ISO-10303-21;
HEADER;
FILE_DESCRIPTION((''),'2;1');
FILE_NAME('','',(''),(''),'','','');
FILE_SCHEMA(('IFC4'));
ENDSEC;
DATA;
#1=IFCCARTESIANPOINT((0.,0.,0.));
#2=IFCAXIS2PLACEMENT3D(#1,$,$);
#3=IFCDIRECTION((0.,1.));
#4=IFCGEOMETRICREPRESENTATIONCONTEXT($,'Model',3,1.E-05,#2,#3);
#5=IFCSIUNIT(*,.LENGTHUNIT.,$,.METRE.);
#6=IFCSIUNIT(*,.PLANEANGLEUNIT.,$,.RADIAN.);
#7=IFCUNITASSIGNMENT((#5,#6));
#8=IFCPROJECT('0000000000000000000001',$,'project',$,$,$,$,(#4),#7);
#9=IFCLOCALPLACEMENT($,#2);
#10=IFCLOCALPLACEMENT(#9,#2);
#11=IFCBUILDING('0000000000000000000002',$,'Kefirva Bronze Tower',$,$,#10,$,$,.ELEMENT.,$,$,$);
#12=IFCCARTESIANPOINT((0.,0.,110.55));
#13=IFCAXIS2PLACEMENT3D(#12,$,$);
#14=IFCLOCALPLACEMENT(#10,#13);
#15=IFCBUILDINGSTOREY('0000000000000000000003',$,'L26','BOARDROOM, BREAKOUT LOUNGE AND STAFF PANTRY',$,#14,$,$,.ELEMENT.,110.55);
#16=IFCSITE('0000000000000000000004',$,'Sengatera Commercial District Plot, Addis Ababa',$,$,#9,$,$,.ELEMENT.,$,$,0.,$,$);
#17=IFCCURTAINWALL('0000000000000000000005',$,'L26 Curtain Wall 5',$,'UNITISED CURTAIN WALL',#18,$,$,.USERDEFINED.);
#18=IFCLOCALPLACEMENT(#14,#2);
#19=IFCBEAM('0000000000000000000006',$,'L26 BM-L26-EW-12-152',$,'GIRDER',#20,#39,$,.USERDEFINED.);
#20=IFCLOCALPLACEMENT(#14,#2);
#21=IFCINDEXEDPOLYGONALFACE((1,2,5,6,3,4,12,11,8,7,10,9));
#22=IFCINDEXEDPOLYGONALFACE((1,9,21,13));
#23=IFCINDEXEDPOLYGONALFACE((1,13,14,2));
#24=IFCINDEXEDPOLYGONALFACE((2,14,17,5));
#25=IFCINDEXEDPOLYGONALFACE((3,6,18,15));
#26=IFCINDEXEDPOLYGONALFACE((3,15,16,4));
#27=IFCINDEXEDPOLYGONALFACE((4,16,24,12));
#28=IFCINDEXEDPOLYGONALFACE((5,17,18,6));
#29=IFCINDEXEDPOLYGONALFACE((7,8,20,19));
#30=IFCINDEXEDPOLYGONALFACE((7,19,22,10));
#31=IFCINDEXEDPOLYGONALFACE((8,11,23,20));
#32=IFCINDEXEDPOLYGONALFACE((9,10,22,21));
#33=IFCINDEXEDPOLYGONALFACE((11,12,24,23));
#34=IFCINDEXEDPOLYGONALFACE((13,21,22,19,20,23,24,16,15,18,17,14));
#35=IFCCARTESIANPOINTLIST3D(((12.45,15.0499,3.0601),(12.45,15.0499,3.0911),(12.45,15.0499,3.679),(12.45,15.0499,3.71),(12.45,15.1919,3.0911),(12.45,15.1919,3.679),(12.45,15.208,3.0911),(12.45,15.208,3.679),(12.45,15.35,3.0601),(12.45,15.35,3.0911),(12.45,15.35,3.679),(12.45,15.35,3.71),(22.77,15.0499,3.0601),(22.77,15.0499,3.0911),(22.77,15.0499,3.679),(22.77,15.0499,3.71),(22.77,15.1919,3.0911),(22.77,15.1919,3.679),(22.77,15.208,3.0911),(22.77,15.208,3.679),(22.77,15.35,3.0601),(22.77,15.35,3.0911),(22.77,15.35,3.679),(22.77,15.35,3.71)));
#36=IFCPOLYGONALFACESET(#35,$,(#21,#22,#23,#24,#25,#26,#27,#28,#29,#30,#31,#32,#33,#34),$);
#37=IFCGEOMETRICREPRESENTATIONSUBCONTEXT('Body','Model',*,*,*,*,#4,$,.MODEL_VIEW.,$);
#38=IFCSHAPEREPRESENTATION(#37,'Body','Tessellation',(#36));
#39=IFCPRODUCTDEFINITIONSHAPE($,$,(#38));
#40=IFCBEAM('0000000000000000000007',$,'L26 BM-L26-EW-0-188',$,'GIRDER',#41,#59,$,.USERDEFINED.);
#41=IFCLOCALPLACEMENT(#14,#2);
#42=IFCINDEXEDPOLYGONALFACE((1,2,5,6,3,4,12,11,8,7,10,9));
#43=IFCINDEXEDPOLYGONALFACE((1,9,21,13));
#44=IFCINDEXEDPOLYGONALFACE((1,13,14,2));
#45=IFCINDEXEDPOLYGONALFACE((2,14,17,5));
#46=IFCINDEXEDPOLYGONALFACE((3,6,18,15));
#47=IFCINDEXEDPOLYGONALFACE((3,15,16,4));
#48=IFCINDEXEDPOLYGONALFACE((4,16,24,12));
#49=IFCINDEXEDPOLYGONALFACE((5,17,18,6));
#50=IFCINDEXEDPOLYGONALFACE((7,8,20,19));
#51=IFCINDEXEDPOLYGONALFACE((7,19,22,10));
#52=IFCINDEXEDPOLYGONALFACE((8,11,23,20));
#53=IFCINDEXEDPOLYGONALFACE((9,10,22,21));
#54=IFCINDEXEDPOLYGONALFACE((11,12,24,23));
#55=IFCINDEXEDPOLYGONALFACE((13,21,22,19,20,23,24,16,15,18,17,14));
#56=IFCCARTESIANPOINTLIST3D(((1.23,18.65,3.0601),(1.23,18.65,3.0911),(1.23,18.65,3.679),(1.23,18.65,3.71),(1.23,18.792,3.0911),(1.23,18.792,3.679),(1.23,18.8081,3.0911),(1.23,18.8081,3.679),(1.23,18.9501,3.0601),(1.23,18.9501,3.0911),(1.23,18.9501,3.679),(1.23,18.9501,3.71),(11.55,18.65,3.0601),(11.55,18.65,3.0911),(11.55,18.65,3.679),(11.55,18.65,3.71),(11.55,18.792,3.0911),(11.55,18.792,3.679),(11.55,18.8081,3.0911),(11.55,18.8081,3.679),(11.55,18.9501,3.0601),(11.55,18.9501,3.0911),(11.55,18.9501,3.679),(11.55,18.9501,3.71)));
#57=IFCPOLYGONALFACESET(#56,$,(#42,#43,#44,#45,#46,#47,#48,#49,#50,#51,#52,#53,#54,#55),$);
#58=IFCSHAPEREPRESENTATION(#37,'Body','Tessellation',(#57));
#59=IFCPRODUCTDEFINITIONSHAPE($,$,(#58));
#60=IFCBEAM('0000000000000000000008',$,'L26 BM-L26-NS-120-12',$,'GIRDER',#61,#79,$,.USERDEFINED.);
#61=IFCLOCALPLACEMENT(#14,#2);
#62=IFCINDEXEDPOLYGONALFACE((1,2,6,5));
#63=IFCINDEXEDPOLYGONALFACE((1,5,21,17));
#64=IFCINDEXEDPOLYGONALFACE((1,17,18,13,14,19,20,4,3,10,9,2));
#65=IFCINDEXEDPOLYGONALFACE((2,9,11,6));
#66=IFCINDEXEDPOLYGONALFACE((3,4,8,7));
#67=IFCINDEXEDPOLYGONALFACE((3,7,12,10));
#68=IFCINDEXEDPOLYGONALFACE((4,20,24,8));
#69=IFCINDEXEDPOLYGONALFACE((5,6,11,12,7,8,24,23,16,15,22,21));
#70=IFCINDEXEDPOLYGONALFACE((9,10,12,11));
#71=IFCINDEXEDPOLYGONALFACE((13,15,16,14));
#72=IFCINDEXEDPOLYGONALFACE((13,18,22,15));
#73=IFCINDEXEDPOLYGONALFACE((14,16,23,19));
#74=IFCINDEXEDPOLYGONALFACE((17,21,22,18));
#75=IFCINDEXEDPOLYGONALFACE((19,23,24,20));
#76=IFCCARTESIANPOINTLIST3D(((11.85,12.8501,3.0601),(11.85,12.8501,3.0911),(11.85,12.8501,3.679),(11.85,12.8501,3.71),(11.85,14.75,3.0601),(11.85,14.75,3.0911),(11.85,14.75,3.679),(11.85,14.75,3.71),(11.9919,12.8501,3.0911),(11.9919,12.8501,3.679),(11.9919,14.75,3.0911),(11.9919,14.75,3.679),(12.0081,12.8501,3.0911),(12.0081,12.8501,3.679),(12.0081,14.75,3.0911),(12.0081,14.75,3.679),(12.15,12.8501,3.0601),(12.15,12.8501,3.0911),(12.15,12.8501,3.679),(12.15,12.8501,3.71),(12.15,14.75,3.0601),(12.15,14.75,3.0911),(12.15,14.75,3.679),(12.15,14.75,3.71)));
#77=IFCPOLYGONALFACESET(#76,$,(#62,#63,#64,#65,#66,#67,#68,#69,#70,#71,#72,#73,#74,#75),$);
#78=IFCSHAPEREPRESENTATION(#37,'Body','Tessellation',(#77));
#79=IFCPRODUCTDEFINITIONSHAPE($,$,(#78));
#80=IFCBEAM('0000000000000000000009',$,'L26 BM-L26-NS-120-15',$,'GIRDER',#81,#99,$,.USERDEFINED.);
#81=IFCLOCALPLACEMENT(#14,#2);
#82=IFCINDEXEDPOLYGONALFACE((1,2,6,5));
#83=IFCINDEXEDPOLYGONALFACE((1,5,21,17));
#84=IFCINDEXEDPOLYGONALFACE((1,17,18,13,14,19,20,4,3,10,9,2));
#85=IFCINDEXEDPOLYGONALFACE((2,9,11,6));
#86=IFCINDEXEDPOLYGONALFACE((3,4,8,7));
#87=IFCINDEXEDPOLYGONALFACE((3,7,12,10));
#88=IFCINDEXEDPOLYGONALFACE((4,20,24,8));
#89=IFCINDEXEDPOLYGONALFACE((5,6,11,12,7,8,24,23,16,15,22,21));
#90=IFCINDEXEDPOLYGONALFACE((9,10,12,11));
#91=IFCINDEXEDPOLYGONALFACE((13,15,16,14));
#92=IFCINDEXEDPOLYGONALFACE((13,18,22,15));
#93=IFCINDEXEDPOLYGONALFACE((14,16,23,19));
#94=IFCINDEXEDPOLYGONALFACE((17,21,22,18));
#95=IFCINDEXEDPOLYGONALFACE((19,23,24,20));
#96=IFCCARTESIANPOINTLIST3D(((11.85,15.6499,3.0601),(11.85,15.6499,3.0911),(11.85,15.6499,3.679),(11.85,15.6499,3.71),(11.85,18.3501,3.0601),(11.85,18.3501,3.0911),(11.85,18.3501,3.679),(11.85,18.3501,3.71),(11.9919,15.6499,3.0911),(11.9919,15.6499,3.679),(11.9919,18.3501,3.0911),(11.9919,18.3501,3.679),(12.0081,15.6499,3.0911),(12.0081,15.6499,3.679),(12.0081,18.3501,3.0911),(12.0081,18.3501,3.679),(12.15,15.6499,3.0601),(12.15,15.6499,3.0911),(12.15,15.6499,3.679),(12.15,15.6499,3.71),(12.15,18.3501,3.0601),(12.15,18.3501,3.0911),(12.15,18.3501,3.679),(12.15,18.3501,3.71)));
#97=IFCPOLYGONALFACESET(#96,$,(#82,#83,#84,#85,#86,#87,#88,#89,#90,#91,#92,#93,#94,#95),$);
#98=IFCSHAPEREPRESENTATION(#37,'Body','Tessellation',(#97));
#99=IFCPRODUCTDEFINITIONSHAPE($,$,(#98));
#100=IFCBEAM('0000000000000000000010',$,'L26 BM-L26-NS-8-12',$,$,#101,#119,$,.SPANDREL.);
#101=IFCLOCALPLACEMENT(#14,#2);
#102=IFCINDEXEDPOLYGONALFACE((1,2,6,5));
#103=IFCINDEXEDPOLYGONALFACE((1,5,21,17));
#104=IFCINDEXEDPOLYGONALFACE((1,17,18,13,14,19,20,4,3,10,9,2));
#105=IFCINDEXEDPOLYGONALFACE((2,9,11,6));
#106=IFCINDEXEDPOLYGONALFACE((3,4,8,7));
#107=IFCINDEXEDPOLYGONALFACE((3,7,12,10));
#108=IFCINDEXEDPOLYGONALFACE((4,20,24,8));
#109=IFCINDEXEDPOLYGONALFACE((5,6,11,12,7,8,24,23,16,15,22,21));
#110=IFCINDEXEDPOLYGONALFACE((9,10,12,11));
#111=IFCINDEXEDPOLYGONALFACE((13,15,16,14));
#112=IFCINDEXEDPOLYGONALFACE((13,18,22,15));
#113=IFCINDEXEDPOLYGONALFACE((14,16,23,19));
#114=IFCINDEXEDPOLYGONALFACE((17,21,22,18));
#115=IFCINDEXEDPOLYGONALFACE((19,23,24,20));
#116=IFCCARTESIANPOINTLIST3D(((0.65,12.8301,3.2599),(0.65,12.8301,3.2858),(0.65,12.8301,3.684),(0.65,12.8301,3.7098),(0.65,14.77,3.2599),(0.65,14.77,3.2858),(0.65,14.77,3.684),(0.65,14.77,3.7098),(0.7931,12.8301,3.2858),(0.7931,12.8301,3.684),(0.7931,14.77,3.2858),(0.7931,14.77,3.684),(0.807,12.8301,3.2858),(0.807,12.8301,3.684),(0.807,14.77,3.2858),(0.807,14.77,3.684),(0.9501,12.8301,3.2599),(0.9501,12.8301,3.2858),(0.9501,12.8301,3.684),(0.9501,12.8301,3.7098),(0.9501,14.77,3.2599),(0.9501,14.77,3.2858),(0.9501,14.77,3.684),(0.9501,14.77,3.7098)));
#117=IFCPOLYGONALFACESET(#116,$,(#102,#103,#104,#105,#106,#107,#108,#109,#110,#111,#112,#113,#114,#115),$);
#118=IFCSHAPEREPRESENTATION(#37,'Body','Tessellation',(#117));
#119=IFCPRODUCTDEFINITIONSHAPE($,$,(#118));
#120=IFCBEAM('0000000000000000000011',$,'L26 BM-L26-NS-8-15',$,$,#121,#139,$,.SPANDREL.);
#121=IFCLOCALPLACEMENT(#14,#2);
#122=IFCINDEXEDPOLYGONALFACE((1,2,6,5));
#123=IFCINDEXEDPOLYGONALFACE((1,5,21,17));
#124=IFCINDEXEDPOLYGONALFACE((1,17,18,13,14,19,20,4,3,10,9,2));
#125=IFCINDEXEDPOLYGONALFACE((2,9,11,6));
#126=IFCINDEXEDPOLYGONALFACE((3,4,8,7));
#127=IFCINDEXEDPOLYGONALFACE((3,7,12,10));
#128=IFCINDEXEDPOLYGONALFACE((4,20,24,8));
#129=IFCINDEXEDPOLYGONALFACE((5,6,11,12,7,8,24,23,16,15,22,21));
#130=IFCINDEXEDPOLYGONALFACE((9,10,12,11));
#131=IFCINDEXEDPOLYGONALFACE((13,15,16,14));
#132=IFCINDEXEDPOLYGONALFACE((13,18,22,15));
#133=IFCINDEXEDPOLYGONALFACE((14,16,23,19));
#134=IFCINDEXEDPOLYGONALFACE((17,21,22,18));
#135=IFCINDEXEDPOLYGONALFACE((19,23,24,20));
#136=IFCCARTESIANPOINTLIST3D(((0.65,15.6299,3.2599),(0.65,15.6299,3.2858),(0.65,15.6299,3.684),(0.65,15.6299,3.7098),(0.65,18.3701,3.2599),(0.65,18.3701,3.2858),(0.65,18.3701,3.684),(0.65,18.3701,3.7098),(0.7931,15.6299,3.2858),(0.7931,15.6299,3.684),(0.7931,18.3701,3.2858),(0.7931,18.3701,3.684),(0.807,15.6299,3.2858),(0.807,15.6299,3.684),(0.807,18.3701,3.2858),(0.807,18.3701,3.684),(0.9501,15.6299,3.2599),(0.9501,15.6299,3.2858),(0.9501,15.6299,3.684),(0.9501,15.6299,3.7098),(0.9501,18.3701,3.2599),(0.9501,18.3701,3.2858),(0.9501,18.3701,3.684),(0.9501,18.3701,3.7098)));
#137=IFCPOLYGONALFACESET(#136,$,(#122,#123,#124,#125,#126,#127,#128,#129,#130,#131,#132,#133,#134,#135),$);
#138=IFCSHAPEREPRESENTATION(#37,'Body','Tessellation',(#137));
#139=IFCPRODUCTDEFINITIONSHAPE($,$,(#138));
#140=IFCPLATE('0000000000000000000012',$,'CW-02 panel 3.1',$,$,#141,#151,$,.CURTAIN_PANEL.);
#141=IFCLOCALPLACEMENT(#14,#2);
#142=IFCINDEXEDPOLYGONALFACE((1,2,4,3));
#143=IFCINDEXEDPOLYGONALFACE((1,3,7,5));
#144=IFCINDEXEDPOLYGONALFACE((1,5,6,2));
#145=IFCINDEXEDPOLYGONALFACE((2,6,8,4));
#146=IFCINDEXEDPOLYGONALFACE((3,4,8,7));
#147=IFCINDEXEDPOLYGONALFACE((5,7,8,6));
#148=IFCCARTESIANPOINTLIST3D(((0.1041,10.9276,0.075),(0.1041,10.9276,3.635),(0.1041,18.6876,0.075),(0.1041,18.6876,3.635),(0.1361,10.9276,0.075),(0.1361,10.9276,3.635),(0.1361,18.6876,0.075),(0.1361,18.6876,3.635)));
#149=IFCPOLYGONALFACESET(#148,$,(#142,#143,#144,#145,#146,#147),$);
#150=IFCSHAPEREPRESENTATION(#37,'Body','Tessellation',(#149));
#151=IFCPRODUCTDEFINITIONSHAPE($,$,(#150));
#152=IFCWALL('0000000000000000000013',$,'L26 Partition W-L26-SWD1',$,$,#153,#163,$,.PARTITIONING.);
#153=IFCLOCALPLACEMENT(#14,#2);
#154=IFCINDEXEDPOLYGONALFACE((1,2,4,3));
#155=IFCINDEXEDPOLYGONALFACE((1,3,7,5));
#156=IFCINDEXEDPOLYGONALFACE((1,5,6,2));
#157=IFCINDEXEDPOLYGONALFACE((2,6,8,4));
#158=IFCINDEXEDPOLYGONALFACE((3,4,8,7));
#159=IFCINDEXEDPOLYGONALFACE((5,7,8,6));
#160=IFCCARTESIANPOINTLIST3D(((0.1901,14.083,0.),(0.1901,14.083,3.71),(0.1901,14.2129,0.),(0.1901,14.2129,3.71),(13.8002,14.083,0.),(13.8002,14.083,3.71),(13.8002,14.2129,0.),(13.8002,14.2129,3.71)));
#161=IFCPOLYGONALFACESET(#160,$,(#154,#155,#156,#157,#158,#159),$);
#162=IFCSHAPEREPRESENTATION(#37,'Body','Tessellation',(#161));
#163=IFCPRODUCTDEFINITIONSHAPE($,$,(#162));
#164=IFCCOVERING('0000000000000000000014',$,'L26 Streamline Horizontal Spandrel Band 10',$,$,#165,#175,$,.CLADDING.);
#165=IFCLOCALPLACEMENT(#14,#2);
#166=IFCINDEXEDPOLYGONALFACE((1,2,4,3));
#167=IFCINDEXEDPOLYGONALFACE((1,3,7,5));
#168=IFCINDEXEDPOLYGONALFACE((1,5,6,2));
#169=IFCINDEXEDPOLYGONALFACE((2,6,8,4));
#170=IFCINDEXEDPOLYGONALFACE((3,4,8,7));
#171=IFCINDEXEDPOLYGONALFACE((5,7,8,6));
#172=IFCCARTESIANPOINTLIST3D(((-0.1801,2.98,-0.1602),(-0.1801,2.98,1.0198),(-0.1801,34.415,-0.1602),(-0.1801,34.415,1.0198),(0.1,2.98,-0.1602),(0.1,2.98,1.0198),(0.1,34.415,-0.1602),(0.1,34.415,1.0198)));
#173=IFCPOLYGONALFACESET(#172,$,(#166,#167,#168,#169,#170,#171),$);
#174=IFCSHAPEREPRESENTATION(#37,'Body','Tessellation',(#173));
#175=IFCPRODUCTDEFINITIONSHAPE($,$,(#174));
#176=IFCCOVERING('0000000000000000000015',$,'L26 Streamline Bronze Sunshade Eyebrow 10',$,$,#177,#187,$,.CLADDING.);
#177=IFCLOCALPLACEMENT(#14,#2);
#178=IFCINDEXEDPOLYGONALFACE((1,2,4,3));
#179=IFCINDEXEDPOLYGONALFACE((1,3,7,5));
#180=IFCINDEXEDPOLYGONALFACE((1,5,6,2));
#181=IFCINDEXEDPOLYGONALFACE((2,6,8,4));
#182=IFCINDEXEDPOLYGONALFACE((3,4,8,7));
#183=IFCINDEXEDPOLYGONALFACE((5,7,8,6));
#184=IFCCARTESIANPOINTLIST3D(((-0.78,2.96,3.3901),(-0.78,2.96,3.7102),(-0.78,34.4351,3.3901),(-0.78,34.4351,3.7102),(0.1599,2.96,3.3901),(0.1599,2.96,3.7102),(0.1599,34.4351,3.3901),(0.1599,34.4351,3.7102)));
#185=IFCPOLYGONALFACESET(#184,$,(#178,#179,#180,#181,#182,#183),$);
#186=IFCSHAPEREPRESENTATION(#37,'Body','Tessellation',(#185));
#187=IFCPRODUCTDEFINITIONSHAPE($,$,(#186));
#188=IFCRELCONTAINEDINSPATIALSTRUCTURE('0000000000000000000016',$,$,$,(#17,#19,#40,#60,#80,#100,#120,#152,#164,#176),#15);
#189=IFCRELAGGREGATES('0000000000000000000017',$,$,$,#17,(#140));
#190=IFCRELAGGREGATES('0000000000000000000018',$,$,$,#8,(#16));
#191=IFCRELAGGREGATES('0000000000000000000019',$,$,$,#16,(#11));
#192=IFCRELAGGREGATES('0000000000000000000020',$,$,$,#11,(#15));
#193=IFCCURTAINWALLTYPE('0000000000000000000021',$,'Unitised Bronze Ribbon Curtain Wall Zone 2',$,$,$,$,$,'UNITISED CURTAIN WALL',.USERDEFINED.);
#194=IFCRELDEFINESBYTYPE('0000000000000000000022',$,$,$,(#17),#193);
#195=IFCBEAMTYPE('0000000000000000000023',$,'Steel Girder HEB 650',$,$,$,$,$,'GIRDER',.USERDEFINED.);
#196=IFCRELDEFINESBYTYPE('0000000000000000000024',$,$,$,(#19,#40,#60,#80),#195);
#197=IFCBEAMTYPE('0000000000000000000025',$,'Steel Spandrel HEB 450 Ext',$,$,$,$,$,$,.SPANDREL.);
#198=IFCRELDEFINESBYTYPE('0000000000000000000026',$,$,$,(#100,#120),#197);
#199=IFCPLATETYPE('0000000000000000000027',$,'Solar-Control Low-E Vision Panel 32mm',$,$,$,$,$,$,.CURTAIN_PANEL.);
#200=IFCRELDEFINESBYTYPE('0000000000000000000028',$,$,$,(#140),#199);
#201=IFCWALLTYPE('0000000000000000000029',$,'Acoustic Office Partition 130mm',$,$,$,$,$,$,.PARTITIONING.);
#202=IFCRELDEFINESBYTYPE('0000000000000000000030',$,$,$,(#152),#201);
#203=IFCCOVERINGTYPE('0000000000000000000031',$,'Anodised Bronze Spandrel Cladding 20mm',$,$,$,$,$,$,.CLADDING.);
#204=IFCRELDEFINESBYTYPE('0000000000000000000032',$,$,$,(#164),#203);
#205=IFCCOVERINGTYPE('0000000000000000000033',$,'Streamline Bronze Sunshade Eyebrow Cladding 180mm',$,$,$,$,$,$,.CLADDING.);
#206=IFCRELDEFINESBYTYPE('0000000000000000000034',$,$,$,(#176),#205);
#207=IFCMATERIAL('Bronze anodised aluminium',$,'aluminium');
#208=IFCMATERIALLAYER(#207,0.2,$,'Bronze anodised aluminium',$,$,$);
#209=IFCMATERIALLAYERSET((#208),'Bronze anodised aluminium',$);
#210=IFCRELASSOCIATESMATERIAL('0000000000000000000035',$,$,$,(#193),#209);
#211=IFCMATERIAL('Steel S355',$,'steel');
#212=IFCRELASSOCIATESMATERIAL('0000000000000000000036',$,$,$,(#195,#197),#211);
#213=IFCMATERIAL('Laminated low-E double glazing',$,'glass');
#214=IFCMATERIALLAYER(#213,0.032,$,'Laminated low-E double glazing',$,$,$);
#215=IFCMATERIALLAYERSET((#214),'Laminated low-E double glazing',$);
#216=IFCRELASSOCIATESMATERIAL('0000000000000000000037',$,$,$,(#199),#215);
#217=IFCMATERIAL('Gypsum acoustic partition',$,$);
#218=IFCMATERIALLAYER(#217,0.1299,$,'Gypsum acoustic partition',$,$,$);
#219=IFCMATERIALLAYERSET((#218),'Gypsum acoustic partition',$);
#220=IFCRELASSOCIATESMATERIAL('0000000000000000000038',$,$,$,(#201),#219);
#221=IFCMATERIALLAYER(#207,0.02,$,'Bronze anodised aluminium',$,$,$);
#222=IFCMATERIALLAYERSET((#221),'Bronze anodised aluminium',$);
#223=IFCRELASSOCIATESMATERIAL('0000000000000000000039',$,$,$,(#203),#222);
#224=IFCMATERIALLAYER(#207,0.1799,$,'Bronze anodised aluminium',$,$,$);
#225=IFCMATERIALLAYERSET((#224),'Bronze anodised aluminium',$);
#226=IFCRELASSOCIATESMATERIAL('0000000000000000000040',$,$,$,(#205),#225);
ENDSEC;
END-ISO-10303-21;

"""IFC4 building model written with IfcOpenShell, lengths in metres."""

from ifc_helpers import new_model, si_unit, direction, frame, frame_2d, origin, origin_2d, place, context, subcontext, project, spatial, rectangle, i_section, extrude, material, layer, layer_set, material_profile, profile_set, type_object, element, aggregate, save


model = new_model("IFC4")

# Units and contexts
model_context = context("Model", 3, precision=1e-05, world=origin(), true_north=direction((0.0, 1.0)))
body_context = subcontext(model_context, "Body", "Model", "MODEL_VIEW")
ifc_project = project(units=[si_unit("LENGTHUNIT", "METRE"), si_unit("PLANEANGLEUNIT", "RADIAN")], contexts=[model_context])

# Site, building, storey
site_placement = place(None, origin())
site = spatial("IfcSite", under=ifc_project, at=site_placement, Name="Sengatera Commercial District Plot, Addis Ababa", CompositionType="ELEMENT", RefElevation=0.0)
building_placement = place(site_placement, origin())
building = spatial("IfcBuilding", under=site, at=building_placement, Name="Kefirva Bronze Tower", CompositionType="ELEMENT")
storey_placement = place(building_placement, frame((0.0, 0.0, 110.55)))
storey = spatial("IfcBuildingStorey", under=building, at=storey_placement, Name="L26", Description="BOARDROOM, BREAKOUT LOUNGE AND STAFF PANTRY", CompositionType="ELEMENT", Elevation=110.55)

# Curtain wall
ifc_material_1 = material(Name="Bronze anodised aluminium", Category="aluminium")
ifc_layer_1 = layer(ifc_material_1, 0.2, Name="Bronze anodised aluminium")
ifc_layer_set_1 = layer_set([ifc_layer_1], Name="Bronze anodised aluminium")
curtain_wall_type = type_object("IfcCurtainWallType", Name="Unitised Bronze Ribbon Curtain Wall Zone 2", ElementType="UNITISED CURTAIN WALL", PredefinedType="USERDEFINED", material=ifc_layer_set_1)
curtain_wall_placement = place(storey_placement, origin())
curtain_wall = element("IfcCurtainWall", 1, at=curtain_wall_placement, inside=storey, type_object=curtain_wall_type, Name="L26 Curtain Wall 5", ObjectType="UNITISED CURTAIN WALL", PredefinedType="USERDEFINED")

# Beams
ifc_material_2 = material(Name="Steel S355", Category="steel")
ifc_material_profile_1 = material_profile(ifc_material_2, i_section(OverallWidth=0.3, OverallDepth=0.6499, WebThickness=0.0161, FlangeThickness=0.031, at=origin_2d()), Name="HEB 650")
ifc_profile_set_1 = profile_set([ifc_material_profile_1], Name="Steel S355")
beam_type_1 = type_object("IfcBeamType", Name="Steel Girder HEB 650", ElementType="GIRDER", PredefinedType="USERDEFINED", material=ifc_profile_set_1)
for number, where, z_axis, x_axis, name in (
    (2, (12.45, 15.2, 3.385), (1.0, 0.0, 0.0), (0.0, 1.0, 0.0), "L26 BM-L26-EW-12-152"),
    (3, (1.23, 18.8, 3.385), (1.0, 0.0, 0.0), (0.0, 1.0, 0.0), "L26 BM-L26-EW-0-188"),
):
    element("IfcBeam", number, at=place(storey_placement, frame(where, z_axis=z_axis, x_axis=x_axis)), inside=storey, type_object=beam_type_1, Name=name, ObjectType="GIRDER", PredefinedType="USERDEFINED", context=body_context, shape_type="SweptSolid", body=[
        extrude(i_section(OverallWidth=0.3, OverallDepth=0.6499, WebThickness=0.0161, FlangeThickness=0.031, at=origin_2d()), origin(), (0.0, 0.0, 1.0), 10.3201),
    ])
beam_1_placement = place(storey_placement, frame((12.0, 12.8501, 3.385), z_axis=(0.0, 1.0, 0.0), x_axis=(-1.0, 0.0, 0.0)))
element("IfcBeam", 4, at=beam_1_placement, inside=storey, type_object=beam_type_1, Name="L26 BM-L26-NS-120-12", ObjectType="GIRDER", PredefinedType="USERDEFINED", context=body_context, shape_type="SweptSolid", body=[
    extrude(i_section(OverallWidth=0.3, OverallDepth=0.6499, WebThickness=0.0161, FlangeThickness=0.031, at=origin_2d()), origin(), (0.0, 0.0, 1.0), 1.8999),
])
beam_2_placement = place(storey_placement, frame((12.0, 15.6499, 3.385), z_axis=(0.0, 1.0, 0.0), x_axis=(-1.0, 0.0, 0.0)))
element("IfcBeam", 5, at=beam_2_placement, inside=storey, type_object=beam_type_1, Name="L26 BM-L26-NS-120-15", ObjectType="GIRDER", PredefinedType="USERDEFINED", context=body_context, shape_type="SweptSolid", body=[
    extrude(i_section(OverallWidth=0.3, OverallDepth=0.6499, WebThickness=0.0161, FlangeThickness=0.031, at=origin_2d()), origin(), (0.0, 0.0, 1.0), 2.7002),
])
ifc_material_profile_2 = material_profile(ifc_material_2, i_section(OverallWidth=0.3, OverallDepth=0.45, WebThickness=0.0139, FlangeThickness=0.0259, at=origin_2d()), Name="HEB 450")
ifc_profile_set_2 = profile_set([ifc_material_profile_2], Name="Steel S355")
beam_type_2 = type_object("IfcBeamType", Name="Steel Spandrel HEB 450 Ext", PredefinedType="SPANDREL", material=ifc_profile_set_2)
beam_3_placement = place(storey_placement, frame((0.8, 12.8301, 3.4849), z_axis=(0.0, 1.0, 0.0), x_axis=(-1.0, 0.0, 0.0)))
element("IfcBeam", 6, at=beam_3_placement, inside=storey, type_object=beam_type_2, Name="L26 BM-L26-NS-8-12", PredefinedType="SPANDREL", context=body_context, shape_type="SweptSolid", body=[
    extrude(i_section(OverallWidth=0.3, OverallDepth=0.45, WebThickness=0.0139, FlangeThickness=0.0259, at=origin_2d()), origin(), (0.0, 0.0, 1.0), 1.9399),
])
beam_4_placement = place(storey_placement, frame((0.8, 15.6299, 3.4849), z_axis=(0.0, 1.0, 0.0), x_axis=(-1.0, 0.0, 0.0)))
element("IfcBeam", 7, at=beam_4_placement, inside=storey, type_object=beam_type_2, Name="L26 BM-L26-NS-8-15", PredefinedType="SPANDREL", context=body_context, shape_type="SweptSolid", body=[
    extrude(i_section(OverallWidth=0.3, OverallDepth=0.45, WebThickness=0.0139, FlangeThickness=0.0259, at=origin_2d()), origin(), (0.0, 0.0, 1.0), 2.7402),
])

# Plate
ifc_material_3 = material(Name="Laminated low-E double glazing", Category="glass")
ifc_layer_2 = layer(ifc_material_3, 0.032, Name="Laminated low-E double glazing")
ifc_layer_set_2 = layer_set([ifc_layer_2], Name="Laminated low-E double glazing")
plate_type = type_object("IfcPlateType", Name="Solar-Control Low-E Vision Panel 32mm", PredefinedType="CURTAIN_PANEL", material=ifc_layer_set_2)
plate_placement = place(storey_placement, frame((0.1201, 14.8076, 0.075), z_axis=(0.0, 0.0, 1.0), x_axis=(0.0, -1.0, 0.0)))
plate = element("IfcPlate", 8, at=plate_placement, type_object=plate_type, Name="CW-02 panel 3.1", PredefinedType="CURTAIN_PANEL", context=body_context, shape_type="SweptSolid", body=[
    extrude(rectangle(XDim=7.76, YDim=0.032, at=origin_2d()), origin(), (0.0, 0.0, 1.0), 3.5601),
])
aggregate(curtain_wall, [plate])

# Wall
ifc_material_4 = material(Name="Gypsum acoustic partition")
ifc_layer_3 = layer(ifc_material_4, 0.1299, Name="Gypsum acoustic partition")
ifc_layer_set_3 = layer_set([ifc_layer_3], Name="Gypsum acoustic partition")
wall_type = type_object("IfcWallType", Name="Acoustic Office Partition 130mm", PredefinedType="PARTITIONING", material=ifc_layer_set_3)
wall_placement = place(storey_placement, frame((0.1899, 14.1479, 0.0), z_axis=(0.0, 0.0, 1.0), x_axis=(1.0, 0.0, 0.0)))
element("IfcWall", 9, at=wall_placement, inside=storey, type_object=wall_type, Name="L26 Partition W-L26-SWD1", PredefinedType="PARTITIONING", context=body_context, shape_type="SweptSolid", body=[
    extrude(rectangle(XDim=13.6101, YDim=0.1299, at=frame_2d((6.8052, 0.0))), origin(), (0.0, 0.0, 1.0), 3.71),
])

# Coverings
ifc_layer_4 = layer(ifc_material_1, 0.02, Name="Bronze anodised aluminium")
ifc_layer_set_4 = layer_set([ifc_layer_4], Name="Bronze anodised aluminium")
covering_type_1 = type_object("IfcCoveringType", Name="Anodised Bronze Spandrel Cladding 20mm", PredefinedType="CLADDING", material=ifc_layer_set_4)
covering_1_placement = place(storey_placement, frame((-0.04, 18.6975, -0.1602), z_axis=(0.0, 0.0, 1.0), x_axis=(0.0, -1.0, 0.0)))
element("IfcCovering", 10, at=covering_1_placement, inside=storey, type_object=covering_type_1, Name="L26 Streamline Horizontal Spandrel Band 10", PredefinedType="CLADDING", context=body_context, shape_type="SweptSolid", body=[
    extrude(rectangle(XDim=31.4351, YDim=0.28, at=origin_2d()), origin(), (0.0, 0.0, 1.0), 1.1799),
])
ifc_layer_5 = layer(ifc_material_1, 0.1799, Name="Bronze anodised aluminium")
ifc_layer_set_5 = layer_set([ifc_layer_5], Name="Bronze anodised aluminium")
covering_type_2 = type_object("IfcCoveringType", Name="Streamline Bronze Sunshade Eyebrow Cladding 180mm", PredefinedType="CLADDING", material=ifc_layer_set_5)
covering_2_placement = place(storey_placement, frame((-0.3101, 18.6975, 3.3901), z_axis=(0.0, 0.0, 1.0), x_axis=(0.0, -1.0, 0.0)))
element("IfcCovering", 11, at=covering_2_placement, inside=storey, type_object=covering_type_2, Name="L26 Streamline Bronze Sunshade Eyebrow 10", PredefinedType="CLADDING", context=body_context, shape_type="SweptSolid", body=[
    extrude(rectangle(XDim=31.4751, YDim=0.9399, at=origin_2d()), origin(), (0.0, 0.0, 1.0), 0.3201),
])

save(model, "model.ifc")
